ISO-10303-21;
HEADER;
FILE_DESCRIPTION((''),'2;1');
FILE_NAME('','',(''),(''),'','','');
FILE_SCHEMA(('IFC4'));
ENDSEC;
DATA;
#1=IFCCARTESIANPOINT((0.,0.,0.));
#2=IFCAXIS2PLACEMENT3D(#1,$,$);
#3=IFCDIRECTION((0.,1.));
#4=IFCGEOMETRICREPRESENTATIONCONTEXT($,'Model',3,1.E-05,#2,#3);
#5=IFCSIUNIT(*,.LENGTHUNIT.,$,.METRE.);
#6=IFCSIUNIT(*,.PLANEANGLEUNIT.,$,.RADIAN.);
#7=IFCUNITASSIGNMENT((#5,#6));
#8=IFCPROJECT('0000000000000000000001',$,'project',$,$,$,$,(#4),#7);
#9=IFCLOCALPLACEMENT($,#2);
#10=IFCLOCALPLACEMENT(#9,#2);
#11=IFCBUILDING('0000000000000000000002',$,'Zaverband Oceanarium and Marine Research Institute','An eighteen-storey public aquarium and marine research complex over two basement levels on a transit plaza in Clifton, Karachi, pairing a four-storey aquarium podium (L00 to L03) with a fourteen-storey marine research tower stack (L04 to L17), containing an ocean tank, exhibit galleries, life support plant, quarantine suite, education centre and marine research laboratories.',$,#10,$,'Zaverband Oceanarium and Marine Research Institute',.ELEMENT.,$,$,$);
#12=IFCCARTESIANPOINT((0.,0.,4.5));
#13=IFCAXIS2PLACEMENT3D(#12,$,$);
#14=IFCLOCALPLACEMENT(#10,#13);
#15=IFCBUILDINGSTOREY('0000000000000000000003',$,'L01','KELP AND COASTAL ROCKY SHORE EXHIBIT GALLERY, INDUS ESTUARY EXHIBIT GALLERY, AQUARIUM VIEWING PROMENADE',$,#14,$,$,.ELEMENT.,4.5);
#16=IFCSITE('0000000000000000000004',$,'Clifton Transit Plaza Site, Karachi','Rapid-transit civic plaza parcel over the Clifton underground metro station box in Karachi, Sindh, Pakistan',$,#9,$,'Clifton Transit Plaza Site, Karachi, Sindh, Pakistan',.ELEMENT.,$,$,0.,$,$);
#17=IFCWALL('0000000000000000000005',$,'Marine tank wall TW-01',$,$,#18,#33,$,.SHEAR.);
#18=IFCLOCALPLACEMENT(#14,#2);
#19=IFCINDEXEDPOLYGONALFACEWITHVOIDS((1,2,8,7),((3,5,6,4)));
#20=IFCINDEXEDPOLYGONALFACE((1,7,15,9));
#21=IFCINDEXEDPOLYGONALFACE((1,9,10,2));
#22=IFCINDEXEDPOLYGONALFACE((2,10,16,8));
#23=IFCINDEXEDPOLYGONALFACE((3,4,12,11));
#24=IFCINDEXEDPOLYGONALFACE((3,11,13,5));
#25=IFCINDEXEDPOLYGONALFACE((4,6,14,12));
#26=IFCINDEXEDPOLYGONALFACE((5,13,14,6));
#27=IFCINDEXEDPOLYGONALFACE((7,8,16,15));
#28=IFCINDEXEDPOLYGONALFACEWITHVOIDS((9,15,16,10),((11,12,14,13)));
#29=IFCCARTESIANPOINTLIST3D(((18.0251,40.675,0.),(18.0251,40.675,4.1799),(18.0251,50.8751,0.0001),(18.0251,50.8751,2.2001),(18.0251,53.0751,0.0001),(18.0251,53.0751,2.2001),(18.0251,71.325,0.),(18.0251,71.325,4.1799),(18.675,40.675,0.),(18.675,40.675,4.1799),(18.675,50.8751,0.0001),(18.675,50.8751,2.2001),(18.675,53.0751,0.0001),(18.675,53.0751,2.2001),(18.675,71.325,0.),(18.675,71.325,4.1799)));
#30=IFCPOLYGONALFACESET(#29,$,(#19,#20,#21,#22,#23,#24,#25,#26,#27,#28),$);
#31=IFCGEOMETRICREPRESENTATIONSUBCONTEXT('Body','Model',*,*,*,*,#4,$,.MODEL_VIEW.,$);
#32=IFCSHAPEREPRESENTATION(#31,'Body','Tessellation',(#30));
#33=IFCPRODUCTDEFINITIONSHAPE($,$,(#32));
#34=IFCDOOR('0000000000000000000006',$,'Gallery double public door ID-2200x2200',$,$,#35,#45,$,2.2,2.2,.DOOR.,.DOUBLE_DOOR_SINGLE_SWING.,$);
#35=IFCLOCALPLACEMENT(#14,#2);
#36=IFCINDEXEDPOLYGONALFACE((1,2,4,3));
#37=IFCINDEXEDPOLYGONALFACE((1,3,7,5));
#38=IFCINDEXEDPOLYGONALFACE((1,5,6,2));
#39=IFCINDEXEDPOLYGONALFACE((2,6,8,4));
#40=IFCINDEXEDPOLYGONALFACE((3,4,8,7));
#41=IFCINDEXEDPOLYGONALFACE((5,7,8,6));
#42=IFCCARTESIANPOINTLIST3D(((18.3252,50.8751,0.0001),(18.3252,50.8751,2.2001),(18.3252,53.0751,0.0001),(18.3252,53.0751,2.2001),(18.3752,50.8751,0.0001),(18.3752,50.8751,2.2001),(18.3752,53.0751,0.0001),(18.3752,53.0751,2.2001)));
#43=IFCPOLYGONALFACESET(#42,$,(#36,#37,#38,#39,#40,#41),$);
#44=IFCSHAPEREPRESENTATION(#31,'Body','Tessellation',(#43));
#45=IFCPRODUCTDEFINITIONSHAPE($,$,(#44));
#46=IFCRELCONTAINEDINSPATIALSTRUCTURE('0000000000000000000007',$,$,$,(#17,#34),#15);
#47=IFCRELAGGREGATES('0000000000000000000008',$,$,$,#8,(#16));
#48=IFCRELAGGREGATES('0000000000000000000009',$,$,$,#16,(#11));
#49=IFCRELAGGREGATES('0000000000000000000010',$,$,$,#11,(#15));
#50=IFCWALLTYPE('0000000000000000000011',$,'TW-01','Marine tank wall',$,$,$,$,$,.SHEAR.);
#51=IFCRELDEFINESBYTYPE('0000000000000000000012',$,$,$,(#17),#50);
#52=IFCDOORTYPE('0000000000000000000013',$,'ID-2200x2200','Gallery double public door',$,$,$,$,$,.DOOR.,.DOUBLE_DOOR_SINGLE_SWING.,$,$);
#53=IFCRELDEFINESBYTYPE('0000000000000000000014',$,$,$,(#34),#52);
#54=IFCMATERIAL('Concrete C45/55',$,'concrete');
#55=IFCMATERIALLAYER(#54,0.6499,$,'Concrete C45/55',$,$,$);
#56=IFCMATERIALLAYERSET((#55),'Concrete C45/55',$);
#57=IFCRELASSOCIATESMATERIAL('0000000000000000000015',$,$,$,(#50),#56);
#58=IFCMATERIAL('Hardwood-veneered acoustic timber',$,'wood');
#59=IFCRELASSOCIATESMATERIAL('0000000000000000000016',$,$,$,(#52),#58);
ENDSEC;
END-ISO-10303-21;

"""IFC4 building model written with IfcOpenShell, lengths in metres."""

from ifc_helpers import new_model, si_unit, direction, frame, frame_2d, origin, place, context, subcontext, project, spatial, rectangle, extrude, material, layer, layer_set, type_object, element, fill, save


model = new_model("IFC4")

# Units and contexts
model_context = context("Model", 3, precision=1e-05, world=origin(), true_north=direction((0.0, 1.0)))
body_context = subcontext(model_context, "Body", "Model", "MODEL_VIEW")
ifc_project = project(units=[si_unit("LENGTHUNIT", "METRE"), si_unit("PLANEANGLEUNIT", "RADIAN")], contexts=[model_context])

# Site, building, storey
site_placement = place(None, origin())
site = spatial("IfcSite", under=ifc_project, at=site_placement, Name="Clifton Transit Plaza Site, Karachi", Description="Rapid-transit civic plaza parcel over the Clifton underground metro station box in Karachi, Sindh, Pakistan", LongName="Clifton Transit Plaza Site, Karachi, Sindh, Pakistan", CompositionType="ELEMENT", RefElevation=0.0)
building_placement = place(site_placement, origin())
building = spatial("IfcBuilding", under=site, at=building_placement, Name="Zaverband Oceanarium and Marine Research Institute", Description="An eighteen-storey public aquarium and marine research complex over two basement levels on a transit plaza in Clifton, Karachi, pairing a four-storey aquarium podium (L00 to L03) with a fourteen-storey marine research tower stack (L04 to L17), containing an ocean tank, exhibit galleries, life support plant, quarantine suite, education centre and marine research laboratories.", LongName="Zaverband Oceanarium and Marine Research Institute", CompositionType="ELEMENT")
storey_placement = place(building_placement, frame((0.0, 0.0, 4.5)))
storey = spatial("IfcBuildingStorey", under=building, at=storey_placement, Name="L01", Description="KELP AND COASTAL ROCKY SHORE EXHIBIT GALLERY, INDUS ESTUARY EXHIBIT GALLERY, AQUARIUM VIEWING PROMENADE", CompositionType="ELEMENT", Elevation=4.5)

# Shared definitions
ifc_material_1 = material(Name="Concrete C45/55", Category="concrete")
ifc_layer_1 = layer(ifc_material_1, 0.6499, Name="Concrete C45/55")
ifc_layer_set_1 = layer_set([ifc_layer_1], Name="Concrete C45/55")
wall_type_1 = type_object("IfcWallType", Name="TW-01", Description="Marine tank wall", PredefinedType="SHEAR", material=ifc_layer_set_1)

# Wall, opening, door
wall_1_placement = place(storey_placement, frame((18.3501, 40.675, 0.0), z_axis=(0.0, 0.0, 1.0), x_axis=(0.0, 1.0, 0.0)))
wall_1 = element("IfcWall", 1, at=wall_1_placement, inside=storey, type_object=wall_type_1, Name="Marine tank wall TW-01", PredefinedType="SHEAR", context=body_context, shape_type="SweptSolid", body=[
    extrude(rectangle(XDim=30.6499, YDim=0.6499, at=frame_2d((15.325, 0.0))), origin(), (0.0, 0.0, 1.0), 4.1799),
])
opening_placement = place(wall_1_placement, frame((10.2, 0.0, 0.0)))
opening = element("IfcOpeningElement", 2, at=opening_placement, cuts=wall_1, PredefinedType="OPENING", context=body_context, shape_type="SweptSolid", body=[
    extrude(rectangle(XDim=2.2, YDim=2.2, at=frame_2d((1.1001, 1.1001))), frame((0.0, 0.3369, 0.0), z_axis=(0.0, -1.0, 0.0), x_axis=(1.0, 0.0, 0.0)), (0.0, 0.0, 1.0), 0.6738),
])
ifc_material_2 = material(Name="Hardwood-veneered acoustic timber", Category="wood")
door_type = type_object("IfcDoorType", Name="ID-2200x2200", Description="Gallery double public door", OperationType="DOUBLE_DOOR_SINGLE_SWING", PredefinedType="DOOR", material=ifc_material_2)
door_placement = place(opening_placement, origin())
door = element("IfcDoor", 3, at=door_placement, inside=storey, type_object=door_type, Name="Gallery double public door ID-2200x2200", OperationType="DOUBLE_DOOR_SINGLE_SWING", OverallHeight=2.2, OverallWidth=2.2, PredefinedType="DOOR", context=body_context, shape_type="SweptSolid", body=[
    extrude(rectangle(XDim=2.2, YDim=2.2, at=frame_2d((1.1001, 1.1001))), frame((0.0, 0.0249, 0.0), z_axis=(0.0, -1.0, 0.0), x_axis=(1.0, 0.0, 0.0)), (0.0, 0.0, 1.0), 0.05),
])
fill(opening, door)

save(model, "model.ifc")
